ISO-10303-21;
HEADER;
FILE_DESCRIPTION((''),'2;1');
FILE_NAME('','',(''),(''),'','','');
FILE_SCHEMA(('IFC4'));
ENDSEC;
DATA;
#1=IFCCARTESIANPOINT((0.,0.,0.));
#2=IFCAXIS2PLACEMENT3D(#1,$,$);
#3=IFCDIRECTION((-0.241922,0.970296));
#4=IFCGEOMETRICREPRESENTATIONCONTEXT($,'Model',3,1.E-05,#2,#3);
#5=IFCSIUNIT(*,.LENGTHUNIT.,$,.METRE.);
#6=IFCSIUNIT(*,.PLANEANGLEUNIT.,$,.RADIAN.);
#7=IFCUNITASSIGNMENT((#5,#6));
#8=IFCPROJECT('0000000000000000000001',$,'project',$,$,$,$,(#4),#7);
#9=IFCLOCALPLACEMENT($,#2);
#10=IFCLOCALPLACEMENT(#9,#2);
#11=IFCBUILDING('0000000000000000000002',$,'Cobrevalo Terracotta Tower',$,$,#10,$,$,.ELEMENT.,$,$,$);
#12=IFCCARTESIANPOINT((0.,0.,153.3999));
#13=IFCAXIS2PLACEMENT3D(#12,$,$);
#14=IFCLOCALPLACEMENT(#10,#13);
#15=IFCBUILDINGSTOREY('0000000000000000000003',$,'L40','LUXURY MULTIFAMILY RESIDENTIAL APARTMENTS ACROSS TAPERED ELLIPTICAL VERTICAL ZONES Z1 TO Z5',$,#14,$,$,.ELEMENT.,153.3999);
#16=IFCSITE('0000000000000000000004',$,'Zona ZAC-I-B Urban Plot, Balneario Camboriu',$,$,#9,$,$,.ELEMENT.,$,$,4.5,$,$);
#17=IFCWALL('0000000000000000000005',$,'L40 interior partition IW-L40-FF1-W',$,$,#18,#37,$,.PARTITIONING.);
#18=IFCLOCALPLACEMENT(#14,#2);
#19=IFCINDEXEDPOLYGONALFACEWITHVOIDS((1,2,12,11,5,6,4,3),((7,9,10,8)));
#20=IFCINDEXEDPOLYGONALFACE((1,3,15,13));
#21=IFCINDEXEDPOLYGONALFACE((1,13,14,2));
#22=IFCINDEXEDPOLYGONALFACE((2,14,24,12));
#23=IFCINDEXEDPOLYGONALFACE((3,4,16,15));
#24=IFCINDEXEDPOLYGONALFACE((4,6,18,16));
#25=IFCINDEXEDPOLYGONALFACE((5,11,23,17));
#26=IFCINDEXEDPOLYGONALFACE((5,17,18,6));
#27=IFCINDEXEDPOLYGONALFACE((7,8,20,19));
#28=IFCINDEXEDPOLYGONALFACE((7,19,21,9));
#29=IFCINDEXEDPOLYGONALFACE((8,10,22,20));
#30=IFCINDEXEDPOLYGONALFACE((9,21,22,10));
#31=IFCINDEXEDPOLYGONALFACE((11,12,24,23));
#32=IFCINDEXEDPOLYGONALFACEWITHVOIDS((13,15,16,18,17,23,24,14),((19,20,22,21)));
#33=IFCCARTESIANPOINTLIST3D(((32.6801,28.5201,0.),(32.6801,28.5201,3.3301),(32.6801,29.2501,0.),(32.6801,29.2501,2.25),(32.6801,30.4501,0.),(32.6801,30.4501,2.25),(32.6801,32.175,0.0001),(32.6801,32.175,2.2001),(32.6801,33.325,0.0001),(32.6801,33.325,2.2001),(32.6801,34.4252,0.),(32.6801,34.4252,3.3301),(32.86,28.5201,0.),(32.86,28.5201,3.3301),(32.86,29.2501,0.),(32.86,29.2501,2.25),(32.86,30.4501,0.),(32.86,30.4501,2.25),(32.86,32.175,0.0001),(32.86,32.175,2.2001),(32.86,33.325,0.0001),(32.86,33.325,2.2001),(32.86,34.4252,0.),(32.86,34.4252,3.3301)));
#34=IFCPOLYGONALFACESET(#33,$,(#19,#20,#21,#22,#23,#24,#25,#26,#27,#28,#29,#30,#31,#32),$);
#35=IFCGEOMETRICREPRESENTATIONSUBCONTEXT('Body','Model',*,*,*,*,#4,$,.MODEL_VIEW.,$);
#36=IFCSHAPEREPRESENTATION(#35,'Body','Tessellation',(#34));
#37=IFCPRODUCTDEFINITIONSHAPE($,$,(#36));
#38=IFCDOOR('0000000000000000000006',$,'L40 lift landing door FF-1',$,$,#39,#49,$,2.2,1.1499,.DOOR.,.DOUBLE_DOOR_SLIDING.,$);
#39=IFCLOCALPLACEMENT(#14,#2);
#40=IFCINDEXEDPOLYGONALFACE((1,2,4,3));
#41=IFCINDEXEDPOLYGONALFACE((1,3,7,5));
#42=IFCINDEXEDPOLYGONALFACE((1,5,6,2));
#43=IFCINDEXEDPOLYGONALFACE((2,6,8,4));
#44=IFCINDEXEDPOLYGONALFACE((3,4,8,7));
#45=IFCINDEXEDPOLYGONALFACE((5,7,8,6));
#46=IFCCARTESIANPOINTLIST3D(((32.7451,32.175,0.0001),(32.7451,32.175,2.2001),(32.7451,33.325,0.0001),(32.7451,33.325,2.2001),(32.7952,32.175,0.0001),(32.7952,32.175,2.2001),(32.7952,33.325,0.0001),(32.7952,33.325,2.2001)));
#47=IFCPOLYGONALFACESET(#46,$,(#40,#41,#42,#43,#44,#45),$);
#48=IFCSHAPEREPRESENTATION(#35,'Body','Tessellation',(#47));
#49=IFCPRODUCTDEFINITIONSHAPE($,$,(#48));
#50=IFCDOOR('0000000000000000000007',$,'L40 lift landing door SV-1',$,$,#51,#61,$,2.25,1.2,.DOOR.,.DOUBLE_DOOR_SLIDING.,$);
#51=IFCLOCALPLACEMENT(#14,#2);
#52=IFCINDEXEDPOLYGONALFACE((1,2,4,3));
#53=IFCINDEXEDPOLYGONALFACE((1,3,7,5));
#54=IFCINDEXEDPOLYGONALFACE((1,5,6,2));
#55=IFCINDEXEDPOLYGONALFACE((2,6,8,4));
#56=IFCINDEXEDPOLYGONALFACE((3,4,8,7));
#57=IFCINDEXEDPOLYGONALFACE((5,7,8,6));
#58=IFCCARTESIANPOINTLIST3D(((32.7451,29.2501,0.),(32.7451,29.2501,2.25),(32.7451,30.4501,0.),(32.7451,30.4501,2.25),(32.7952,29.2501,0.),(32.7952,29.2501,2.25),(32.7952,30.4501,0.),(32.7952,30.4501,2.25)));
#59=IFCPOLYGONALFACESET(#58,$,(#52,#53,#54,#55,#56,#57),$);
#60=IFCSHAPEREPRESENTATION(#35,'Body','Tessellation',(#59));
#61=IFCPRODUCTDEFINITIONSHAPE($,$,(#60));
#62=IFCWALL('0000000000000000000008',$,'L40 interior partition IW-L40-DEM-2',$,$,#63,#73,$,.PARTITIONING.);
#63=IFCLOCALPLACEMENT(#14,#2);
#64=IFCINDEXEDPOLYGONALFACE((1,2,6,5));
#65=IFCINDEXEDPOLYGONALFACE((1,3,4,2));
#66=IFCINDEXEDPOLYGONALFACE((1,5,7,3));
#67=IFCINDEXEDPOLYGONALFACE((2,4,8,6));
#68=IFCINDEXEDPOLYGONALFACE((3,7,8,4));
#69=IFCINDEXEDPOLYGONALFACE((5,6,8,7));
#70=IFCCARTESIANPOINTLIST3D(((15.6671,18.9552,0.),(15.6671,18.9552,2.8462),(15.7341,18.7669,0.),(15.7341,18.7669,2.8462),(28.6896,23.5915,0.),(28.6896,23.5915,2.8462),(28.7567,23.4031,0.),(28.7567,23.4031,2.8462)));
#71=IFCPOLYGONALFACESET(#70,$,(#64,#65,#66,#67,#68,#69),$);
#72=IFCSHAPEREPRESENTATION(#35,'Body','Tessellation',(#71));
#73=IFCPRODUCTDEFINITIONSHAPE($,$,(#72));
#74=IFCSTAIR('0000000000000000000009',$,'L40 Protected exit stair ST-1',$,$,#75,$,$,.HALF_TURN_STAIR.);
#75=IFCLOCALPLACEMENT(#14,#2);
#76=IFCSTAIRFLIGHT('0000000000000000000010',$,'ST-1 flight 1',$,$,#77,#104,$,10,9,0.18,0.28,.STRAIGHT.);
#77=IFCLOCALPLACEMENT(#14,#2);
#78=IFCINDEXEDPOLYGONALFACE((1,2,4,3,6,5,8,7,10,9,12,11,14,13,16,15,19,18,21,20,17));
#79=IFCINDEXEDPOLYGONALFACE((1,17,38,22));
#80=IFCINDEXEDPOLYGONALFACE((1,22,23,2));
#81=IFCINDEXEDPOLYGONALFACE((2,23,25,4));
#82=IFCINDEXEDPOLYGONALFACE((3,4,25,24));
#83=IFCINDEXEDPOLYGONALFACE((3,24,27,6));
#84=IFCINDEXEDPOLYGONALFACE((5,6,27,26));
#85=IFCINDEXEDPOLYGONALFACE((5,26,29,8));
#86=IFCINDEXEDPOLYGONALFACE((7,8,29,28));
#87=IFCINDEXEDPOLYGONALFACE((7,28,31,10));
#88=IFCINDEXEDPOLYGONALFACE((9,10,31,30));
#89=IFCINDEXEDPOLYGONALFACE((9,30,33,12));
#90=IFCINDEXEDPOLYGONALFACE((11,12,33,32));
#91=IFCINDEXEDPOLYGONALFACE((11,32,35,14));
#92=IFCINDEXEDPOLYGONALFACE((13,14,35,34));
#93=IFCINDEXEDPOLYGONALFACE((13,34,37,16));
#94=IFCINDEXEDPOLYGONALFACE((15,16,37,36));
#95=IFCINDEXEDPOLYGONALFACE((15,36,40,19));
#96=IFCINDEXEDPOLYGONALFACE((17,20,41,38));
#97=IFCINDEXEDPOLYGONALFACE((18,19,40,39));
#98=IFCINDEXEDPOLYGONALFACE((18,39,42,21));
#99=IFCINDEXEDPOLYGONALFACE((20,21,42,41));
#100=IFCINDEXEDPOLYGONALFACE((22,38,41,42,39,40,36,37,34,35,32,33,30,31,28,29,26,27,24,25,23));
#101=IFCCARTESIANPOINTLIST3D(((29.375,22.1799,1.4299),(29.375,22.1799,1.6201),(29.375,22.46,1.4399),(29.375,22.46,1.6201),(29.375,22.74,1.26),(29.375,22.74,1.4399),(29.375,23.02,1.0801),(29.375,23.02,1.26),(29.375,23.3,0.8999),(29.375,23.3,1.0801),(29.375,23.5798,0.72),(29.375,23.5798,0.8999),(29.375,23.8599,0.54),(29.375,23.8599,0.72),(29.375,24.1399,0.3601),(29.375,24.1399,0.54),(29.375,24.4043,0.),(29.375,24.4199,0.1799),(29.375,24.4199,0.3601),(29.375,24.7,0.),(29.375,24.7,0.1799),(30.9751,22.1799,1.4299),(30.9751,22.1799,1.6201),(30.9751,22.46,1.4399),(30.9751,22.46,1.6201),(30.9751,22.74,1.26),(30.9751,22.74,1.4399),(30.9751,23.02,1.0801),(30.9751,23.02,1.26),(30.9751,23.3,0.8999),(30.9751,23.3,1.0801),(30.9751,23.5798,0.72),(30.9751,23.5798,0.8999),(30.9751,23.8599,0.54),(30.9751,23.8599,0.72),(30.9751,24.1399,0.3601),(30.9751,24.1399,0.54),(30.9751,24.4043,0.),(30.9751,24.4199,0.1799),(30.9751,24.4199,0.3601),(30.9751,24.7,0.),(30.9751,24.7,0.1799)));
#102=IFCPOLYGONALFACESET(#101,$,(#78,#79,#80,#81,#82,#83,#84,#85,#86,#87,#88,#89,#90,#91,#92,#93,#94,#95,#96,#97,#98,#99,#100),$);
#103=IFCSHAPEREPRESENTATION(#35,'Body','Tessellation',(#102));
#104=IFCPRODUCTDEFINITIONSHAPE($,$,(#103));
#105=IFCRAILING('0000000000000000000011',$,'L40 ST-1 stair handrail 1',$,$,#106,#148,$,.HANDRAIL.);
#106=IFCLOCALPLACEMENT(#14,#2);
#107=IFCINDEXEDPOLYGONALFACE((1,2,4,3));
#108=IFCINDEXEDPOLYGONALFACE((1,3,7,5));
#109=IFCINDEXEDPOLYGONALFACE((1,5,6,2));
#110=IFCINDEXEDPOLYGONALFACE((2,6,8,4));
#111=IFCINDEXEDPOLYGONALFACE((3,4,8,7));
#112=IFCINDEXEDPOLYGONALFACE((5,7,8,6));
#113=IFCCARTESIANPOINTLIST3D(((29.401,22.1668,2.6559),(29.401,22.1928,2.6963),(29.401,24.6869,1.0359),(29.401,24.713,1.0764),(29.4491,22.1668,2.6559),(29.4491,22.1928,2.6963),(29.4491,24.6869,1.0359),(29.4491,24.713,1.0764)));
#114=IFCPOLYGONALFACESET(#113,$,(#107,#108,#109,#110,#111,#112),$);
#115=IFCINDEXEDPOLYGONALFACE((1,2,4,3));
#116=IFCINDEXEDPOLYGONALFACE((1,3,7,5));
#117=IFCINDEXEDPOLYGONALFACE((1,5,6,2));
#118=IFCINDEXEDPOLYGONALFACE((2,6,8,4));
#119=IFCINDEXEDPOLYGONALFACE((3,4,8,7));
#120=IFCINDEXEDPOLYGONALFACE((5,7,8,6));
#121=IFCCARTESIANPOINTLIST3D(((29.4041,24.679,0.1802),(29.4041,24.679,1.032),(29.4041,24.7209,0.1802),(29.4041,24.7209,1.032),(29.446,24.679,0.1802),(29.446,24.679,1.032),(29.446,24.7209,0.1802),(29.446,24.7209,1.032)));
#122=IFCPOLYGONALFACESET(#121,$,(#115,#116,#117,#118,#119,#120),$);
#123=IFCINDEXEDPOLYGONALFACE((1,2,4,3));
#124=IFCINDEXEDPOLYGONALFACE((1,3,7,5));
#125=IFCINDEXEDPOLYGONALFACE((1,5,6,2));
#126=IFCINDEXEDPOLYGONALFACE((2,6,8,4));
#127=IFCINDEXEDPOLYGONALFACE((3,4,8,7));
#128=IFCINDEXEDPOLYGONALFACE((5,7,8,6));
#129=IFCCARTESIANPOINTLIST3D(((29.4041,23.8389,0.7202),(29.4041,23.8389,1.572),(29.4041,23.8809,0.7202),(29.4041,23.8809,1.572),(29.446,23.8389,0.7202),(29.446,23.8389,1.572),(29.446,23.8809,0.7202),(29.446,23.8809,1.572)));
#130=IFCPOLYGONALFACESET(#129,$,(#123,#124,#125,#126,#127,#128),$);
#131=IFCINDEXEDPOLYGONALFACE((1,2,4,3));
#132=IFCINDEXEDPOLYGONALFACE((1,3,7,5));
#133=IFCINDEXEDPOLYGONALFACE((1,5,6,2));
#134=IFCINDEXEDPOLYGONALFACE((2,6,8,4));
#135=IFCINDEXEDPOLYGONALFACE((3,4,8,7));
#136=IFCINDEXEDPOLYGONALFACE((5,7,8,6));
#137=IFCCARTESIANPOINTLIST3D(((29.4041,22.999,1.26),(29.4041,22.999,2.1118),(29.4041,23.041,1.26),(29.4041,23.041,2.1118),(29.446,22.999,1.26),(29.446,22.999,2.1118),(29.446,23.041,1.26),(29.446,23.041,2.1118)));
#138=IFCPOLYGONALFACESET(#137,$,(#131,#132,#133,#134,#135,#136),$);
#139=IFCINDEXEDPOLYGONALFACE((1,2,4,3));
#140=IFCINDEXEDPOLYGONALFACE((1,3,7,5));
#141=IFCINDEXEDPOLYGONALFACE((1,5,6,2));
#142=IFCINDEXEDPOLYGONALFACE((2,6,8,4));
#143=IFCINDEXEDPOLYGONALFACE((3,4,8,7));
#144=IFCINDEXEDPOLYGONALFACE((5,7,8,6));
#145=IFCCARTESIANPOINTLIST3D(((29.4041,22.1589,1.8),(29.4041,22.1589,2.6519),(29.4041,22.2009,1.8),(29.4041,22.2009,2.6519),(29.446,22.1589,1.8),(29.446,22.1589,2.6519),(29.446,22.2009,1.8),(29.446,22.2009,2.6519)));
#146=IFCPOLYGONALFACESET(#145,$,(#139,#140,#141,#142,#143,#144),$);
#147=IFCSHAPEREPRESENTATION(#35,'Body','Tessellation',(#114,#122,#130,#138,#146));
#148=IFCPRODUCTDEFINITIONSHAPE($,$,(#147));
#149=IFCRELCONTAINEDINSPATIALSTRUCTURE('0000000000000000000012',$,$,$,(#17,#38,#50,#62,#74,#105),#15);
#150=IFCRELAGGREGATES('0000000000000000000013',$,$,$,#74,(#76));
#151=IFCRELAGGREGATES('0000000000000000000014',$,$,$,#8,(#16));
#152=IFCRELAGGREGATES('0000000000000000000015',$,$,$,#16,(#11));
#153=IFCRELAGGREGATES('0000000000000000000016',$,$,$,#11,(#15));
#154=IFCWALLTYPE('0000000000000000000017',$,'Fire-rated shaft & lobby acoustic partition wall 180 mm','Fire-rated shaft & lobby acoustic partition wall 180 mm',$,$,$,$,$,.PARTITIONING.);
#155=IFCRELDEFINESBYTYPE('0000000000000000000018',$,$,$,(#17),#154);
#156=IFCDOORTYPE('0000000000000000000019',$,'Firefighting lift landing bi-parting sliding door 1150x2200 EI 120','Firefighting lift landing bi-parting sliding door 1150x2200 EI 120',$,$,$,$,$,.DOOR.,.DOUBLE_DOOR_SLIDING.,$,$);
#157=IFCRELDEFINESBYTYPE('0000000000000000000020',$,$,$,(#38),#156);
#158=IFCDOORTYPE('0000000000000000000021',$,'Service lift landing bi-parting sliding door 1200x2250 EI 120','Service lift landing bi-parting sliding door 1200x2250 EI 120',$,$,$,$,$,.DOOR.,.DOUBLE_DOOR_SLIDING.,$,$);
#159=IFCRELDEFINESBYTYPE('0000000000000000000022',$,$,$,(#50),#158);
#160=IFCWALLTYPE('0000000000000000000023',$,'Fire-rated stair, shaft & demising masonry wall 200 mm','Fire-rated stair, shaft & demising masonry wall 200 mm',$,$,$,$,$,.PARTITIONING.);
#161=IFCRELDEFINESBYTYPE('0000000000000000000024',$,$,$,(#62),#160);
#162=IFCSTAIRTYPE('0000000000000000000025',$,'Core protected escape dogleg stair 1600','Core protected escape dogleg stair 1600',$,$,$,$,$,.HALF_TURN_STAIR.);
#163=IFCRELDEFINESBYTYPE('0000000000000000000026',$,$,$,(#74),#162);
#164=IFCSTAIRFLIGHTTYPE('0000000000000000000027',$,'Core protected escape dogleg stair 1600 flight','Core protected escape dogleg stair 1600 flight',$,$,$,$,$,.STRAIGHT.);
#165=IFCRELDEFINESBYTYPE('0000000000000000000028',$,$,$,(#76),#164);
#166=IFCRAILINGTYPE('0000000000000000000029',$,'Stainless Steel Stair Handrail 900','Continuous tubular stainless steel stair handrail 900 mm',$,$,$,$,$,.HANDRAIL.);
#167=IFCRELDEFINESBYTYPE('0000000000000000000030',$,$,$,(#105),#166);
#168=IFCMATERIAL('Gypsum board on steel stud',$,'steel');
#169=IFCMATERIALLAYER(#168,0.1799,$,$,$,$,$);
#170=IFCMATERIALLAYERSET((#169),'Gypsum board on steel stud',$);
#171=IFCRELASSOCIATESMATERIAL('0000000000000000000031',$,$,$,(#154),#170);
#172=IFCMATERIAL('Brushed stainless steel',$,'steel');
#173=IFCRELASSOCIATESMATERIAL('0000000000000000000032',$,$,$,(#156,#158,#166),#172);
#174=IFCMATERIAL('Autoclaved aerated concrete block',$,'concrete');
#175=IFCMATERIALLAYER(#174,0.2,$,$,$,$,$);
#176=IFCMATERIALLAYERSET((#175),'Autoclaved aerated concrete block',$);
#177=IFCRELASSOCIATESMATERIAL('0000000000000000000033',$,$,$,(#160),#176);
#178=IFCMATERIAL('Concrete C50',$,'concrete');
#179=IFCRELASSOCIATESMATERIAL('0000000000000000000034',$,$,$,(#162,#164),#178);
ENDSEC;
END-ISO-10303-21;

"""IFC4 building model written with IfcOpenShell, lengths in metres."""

from ifc_helpers import new_model, si_unit, direction, frame, frame_2d, origin, origin_2d, place, context, subcontext, project, spatial, polyline, rectangle, outline, extrude, source, transform, mapped, material, layer, layer_set, type_object, element, fill, aggregate, save


model = new_model("IFC4")

# Units and contexts
model_context = context("Model", 3, precision=1e-05, world=origin(), true_north=direction((-0.241922, 0.970296)))
body_context = subcontext(model_context, "Body", "Model", "MODEL_VIEW")
ifc_project = project(units=[si_unit("LENGTHUNIT", "METRE"), si_unit("PLANEANGLEUNIT", "RADIAN")], contexts=[model_context])

# Site, building, storey
site_placement = place(None, origin())
site = spatial("IfcSite", under=ifc_project, at=site_placement, Name="Zona ZAC-I-B Urban Plot, Balneario Camboriu", CompositionType="ELEMENT", RefElevation=4.5)
building_placement = place(site_placement, origin())
building = spatial("IfcBuilding", under=site, at=building_placement, Name="Cobrevalo Terracotta Tower", CompositionType="ELEMENT")
storey_placement = place(building_placement, frame((0.0, 0.0, 153.3999)))
storey = spatial("IfcBuildingStorey", under=building, at=storey_placement, Name="L40", Description="LUXURY MULTIFAMILY RESIDENTIAL APARTMENTS ACROSS TAPERED ELLIPTICAL VERTICAL ZONES Z1 TO Z5", CompositionType="ELEMENT", Elevation=153.3999)

# Shared definitions
ifc_material_1 = material(Name="Gypsum board on steel stud", Category="steel")

# Shared definitions
ifc_layer_1 = layer(ifc_material_1, 0.1799)
ifc_layer_set_1 = layer_set([ifc_layer_1], Name="Gypsum board on steel stud")
wall_type_1 = type_object("IfcWallType", Name="Fire-rated shaft & lobby acoustic partition wall 180 mm", Description="Fire-rated shaft & lobby acoustic partition wall 180 mm", PredefinedType="PARTITIONING", material=ifc_layer_set_1)

# Wall, openings, doors
wall_1_placement = place(storey_placement, frame((32.77, 28.52, 0.0), z_axis=(0.0, 0.0, 1.0), x_axis=(0.0, 1.0, 0.0)))
wall_1 = element("IfcWall", 1, at=wall_1_placement, inside=storey, type_object=wall_type_1, Name="L40 interior partition IW-L40-FF1-W", PredefinedType="PARTITIONING", context=body_context, shape_type="SweptSolid", body=[
    extrude(rectangle(XDim=5.905, YDim=0.1799, at=frame_2d((2.9526, 0.0))), origin(), (0.0, 0.0, 1.0), 3.3301),
])
opening_1_placement = place(wall_1_placement, frame((3.655, 0.0, 0.0)))
opening_1 = element("IfcOpeningElement", 2, at=opening_1_placement, cuts=wall_1, PredefinedType="OPENING", context=body_context, shape_type="SweptSolid", body=[
    extrude(rectangle(XDim=1.1499, YDim=2.2, at=frame_2d((0.575, 1.1001))), frame((0.0, 0.1001, 0.0), z_axis=(0.0, -1.0, 0.0), x_axis=(1.0, 0.0, 0.0)), (0.0, 0.0, 1.0), 0.2),
])
opening_2_placement = place(wall_1_placement, frame((0.73, 0.0, 0.0)))
opening_2 = element("IfcOpeningElement", 3, at=opening_2_placement, cuts=wall_1, PredefinedType="OPENING", context=body_context, shape_type="SweptSolid", body=[
    extrude(rectangle(XDim=1.2, YDim=2.25, at=frame_2d((0.6001, 1.125))), frame((0.0, 0.1001, 0.0), z_axis=(0.0, -1.0, 0.0), x_axis=(1.0, 0.0, 0.0)), (0.0, 0.0, 1.0), 0.2),
])
ifc_material_2 = material(Name="Brushed stainless steel", Category="steel")
door_type_1 = type_object("IfcDoorType", Name="Firefighting lift landing bi-parting sliding door 1150x2200 EI 120", Description="Firefighting lift landing bi-parting sliding door 1150x2200 EI 120", OperationType="DOUBLE_DOOR_SLIDING", PredefinedType="DOOR", material=ifc_material_2)
shared_shape_1 = source(origin(), body_context, "Body", "SweptSolid", [
    extrude(rectangle(XDim=1.1499, YDim=2.2, at=frame_2d((0.575, 1.1001))), frame((0.0, 0.0249, 0.0), z_axis=(0.0, -1.0, 0.0), x_axis=(1.0, 0.0, 0.0)), (0.0, 0.0, 1.0), 0.05),
])
door_1_placement = place(opening_1_placement, origin())
door_1 = element("IfcDoor", 4, at=door_1_placement, inside=storey, type_object=door_type_1, Name="L40 lift landing door FF-1", OperationType="DOUBLE_DOOR_SLIDING", OverallHeight=2.2, OverallWidth=1.1499, PredefinedType="DOOR", context=body_context, shape_type="MappedRepresentation", body=[
    mapped(shared_shape_1, transform((0.0, 0.0, 0.0), scale=1.0)),
])
fill(opening_1, door_1)
door_type_2 = type_object("IfcDoorType", Name="Service lift landing bi-parting sliding door 1200x2250 EI 120", Description="Service lift landing bi-parting sliding door 1200x2250 EI 120", OperationType="DOUBLE_DOOR_SLIDING", PredefinedType="DOOR", material=ifc_material_2)
shared_shape_2 = source(origin(), body_context, "Body", "SweptSolid", [
    extrude(rectangle(XDim=1.2, YDim=2.25, at=frame_2d((0.6001, 1.125))), frame((0.0, 0.0249, 0.0), z_axis=(0.0, -1.0, 0.0), x_axis=(1.0, 0.0, 0.0)), (0.0, 0.0, 1.0), 0.05),
])
door_2_placement = place(opening_2_placement, origin())
door_2 = element("IfcDoor", 5, at=door_2_placement, inside=storey, type_object=door_type_2, Name="L40 lift landing door SV-1", OperationType="DOUBLE_DOOR_SLIDING", OverallHeight=2.25, OverallWidth=1.2, PredefinedType="DOOR", context=body_context, shape_type="MappedRepresentation", body=[
    mapped(shared_shape_2, transform((0.0, 0.0, 0.0), scale=1.0)),
])
fill(opening_2, door_2)

# Wall
ifc_material_3 = material(Name="Autoclaved aerated concrete block", Category="concrete")
ifc_layer_2 = layer(ifc_material_3, 0.2)
ifc_layer_set_2 = layer_set([ifc_layer_2], Name="Autoclaved aerated concrete block")
wall_type_2 = type_object("IfcWallType", Name="Fire-rated stair, shaft & demising masonry wall 200 mm", Description="Fire-rated stair, shaft & demising masonry wall 200 mm", PredefinedType="PARTITIONING", material=ifc_layer_set_2)
wall_2_placement = place(storey_placement, frame((28.7231, 23.4973, 0.0), z_axis=(0.0, 0.0, 1.0), x_axis=(-0.942077, -0.335396, 0.0)))
element("IfcWall", 6, at=wall_2_placement, inside=storey, type_object=wall_type_2, Name="L40 interior partition IW-L40-DEM-2", PredefinedType="PARTITIONING", context=body_context, shape_type="SweptSolid", body=[
    extrude(rectangle(XDim=13.8232, YDim=0.2, at=frame_2d((6.9116, 0.0))), origin(), (0.0, 0.0, 1.0), 2.8462),
])

# Shared definitions
ifc_material_4 = material(Name="Concrete C50", Category="concrete")

# Stair, stair flight
stair_type = type_object("IfcStairType", Name="Core protected escape dogleg stair 1600", Description="Core protected escape dogleg stair 1600", PredefinedType="HALF_TURN_STAIR", material=ifc_material_4)
stair_placement = place(storey_placement, origin())
stair = element("IfcStair", 7, at=stair_placement, inside=storey, type_object=stair_type, Name="L40 Protected exit stair ST-1", PredefinedType="HALF_TURN_STAIR")
stair_flight_type = type_object("IfcStairFlightType", Name="Core protected escape dogleg stair 1600 flight", Description="Core protected escape dogleg stair 1600 flight", PredefinedType="STRAIGHT", material=ifc_material_4)
stair_flight_placement = place(storey_placement, frame((30.175, 24.7, 0.0), z_axis=(0.0, 0.0, 1.0), x_axis=(0.0, -1.0, 0.0)))
stair_flight = element("IfcStairFlight", 8, at=stair_flight_placement, type_object=stair_flight_type, Name="ST-1 flight 1", NumberOfRisers=10, NumberOfTreads=9, PredefinedType="STRAIGHT", RiserHeight=0.18, TreadLength=0.28, context=body_context, shape_type="SweptSolid", body=[
    extrude(outline(polyline([(0.0, 0.0), (0.0, 0.1799), (0.28, 0.1799), (0.28, 0.3601), (0.5601, 0.3601), (0.5601, 0.54), (0.8401, 0.54), (0.8401, 0.72), (1.1201, 0.72), (1.1201, 0.8999), (1.3999, 0.8999), (1.3999, 1.0801), (1.6799, 1.0801), (1.6799, 1.26), (1.96, 1.26), (1.96, 1.4399), (2.24, 1.4399), (2.24, 1.6201), (2.52, 1.6201), (2.52, 1.8), (2.52, 1.4299), (0.2957, 0.0), (0.0, 0.0)])), frame((0.0, 0.8, 0.0), z_axis=(0.0, -1.0, 0.0), x_axis=(1.0, 0.0, 0.0)), (0.0, 0.0, 1.0), 1.6001),
])
aggregate(stair, [stair_flight])

# Railing
railing_type_1 = type_object("IfcRailingType", Name="Stainless Steel Stair Handrail 900", Description="Continuous tubular stainless steel stair handrail 900 mm", PredefinedType="HANDRAIL", material=ifc_material_2)
railing_1_placement = place(storey_placement, frame((29.425, 24.7, 0.1802)))
element("IfcRailing", 9, at=railing_1_placement, inside=storey, type_object=railing_type_1, Name="L40 ST-1 stair handrail 1", PredefinedType="HANDRAIL", context=body_context, shape_type="SweptSolid", body=[
    extrude(rectangle(XDim=0.0481, YDim=0.0481, at=origin_2d()), frame((0.0, 0.0, 0.876), z_axis=(0.0, -0.8412, 0.540725), x_axis=(1.0, 0.0, 0.0)), (0.0, 0.0, 1.0), 2.9958),
    extrude(rectangle(XDim=0.042, YDim=0.042, at=origin_2d()), origin(), (0.0, 0.0, 1.0), 0.8518),
    extrude(rectangle(XDim=0.042, YDim=0.042, at=origin_2d()), frame((0.0, -0.8401, 0.54)), (0.0, 0.0, 1.0), 0.8518),
    extrude(rectangle(XDim=0.042, YDim=0.042, at=origin_2d()), frame((0.0, -1.6799, 1.0798)), (0.0, 0.0, 1.0), 0.8518),
    extrude(rectangle(XDim=0.042, YDim=0.042, at=origin_2d()), frame((0.0, -2.52, 1.6199)), (0.0, 0.0, 1.0), 0.8518),
])

save(model, "model.ifc")
